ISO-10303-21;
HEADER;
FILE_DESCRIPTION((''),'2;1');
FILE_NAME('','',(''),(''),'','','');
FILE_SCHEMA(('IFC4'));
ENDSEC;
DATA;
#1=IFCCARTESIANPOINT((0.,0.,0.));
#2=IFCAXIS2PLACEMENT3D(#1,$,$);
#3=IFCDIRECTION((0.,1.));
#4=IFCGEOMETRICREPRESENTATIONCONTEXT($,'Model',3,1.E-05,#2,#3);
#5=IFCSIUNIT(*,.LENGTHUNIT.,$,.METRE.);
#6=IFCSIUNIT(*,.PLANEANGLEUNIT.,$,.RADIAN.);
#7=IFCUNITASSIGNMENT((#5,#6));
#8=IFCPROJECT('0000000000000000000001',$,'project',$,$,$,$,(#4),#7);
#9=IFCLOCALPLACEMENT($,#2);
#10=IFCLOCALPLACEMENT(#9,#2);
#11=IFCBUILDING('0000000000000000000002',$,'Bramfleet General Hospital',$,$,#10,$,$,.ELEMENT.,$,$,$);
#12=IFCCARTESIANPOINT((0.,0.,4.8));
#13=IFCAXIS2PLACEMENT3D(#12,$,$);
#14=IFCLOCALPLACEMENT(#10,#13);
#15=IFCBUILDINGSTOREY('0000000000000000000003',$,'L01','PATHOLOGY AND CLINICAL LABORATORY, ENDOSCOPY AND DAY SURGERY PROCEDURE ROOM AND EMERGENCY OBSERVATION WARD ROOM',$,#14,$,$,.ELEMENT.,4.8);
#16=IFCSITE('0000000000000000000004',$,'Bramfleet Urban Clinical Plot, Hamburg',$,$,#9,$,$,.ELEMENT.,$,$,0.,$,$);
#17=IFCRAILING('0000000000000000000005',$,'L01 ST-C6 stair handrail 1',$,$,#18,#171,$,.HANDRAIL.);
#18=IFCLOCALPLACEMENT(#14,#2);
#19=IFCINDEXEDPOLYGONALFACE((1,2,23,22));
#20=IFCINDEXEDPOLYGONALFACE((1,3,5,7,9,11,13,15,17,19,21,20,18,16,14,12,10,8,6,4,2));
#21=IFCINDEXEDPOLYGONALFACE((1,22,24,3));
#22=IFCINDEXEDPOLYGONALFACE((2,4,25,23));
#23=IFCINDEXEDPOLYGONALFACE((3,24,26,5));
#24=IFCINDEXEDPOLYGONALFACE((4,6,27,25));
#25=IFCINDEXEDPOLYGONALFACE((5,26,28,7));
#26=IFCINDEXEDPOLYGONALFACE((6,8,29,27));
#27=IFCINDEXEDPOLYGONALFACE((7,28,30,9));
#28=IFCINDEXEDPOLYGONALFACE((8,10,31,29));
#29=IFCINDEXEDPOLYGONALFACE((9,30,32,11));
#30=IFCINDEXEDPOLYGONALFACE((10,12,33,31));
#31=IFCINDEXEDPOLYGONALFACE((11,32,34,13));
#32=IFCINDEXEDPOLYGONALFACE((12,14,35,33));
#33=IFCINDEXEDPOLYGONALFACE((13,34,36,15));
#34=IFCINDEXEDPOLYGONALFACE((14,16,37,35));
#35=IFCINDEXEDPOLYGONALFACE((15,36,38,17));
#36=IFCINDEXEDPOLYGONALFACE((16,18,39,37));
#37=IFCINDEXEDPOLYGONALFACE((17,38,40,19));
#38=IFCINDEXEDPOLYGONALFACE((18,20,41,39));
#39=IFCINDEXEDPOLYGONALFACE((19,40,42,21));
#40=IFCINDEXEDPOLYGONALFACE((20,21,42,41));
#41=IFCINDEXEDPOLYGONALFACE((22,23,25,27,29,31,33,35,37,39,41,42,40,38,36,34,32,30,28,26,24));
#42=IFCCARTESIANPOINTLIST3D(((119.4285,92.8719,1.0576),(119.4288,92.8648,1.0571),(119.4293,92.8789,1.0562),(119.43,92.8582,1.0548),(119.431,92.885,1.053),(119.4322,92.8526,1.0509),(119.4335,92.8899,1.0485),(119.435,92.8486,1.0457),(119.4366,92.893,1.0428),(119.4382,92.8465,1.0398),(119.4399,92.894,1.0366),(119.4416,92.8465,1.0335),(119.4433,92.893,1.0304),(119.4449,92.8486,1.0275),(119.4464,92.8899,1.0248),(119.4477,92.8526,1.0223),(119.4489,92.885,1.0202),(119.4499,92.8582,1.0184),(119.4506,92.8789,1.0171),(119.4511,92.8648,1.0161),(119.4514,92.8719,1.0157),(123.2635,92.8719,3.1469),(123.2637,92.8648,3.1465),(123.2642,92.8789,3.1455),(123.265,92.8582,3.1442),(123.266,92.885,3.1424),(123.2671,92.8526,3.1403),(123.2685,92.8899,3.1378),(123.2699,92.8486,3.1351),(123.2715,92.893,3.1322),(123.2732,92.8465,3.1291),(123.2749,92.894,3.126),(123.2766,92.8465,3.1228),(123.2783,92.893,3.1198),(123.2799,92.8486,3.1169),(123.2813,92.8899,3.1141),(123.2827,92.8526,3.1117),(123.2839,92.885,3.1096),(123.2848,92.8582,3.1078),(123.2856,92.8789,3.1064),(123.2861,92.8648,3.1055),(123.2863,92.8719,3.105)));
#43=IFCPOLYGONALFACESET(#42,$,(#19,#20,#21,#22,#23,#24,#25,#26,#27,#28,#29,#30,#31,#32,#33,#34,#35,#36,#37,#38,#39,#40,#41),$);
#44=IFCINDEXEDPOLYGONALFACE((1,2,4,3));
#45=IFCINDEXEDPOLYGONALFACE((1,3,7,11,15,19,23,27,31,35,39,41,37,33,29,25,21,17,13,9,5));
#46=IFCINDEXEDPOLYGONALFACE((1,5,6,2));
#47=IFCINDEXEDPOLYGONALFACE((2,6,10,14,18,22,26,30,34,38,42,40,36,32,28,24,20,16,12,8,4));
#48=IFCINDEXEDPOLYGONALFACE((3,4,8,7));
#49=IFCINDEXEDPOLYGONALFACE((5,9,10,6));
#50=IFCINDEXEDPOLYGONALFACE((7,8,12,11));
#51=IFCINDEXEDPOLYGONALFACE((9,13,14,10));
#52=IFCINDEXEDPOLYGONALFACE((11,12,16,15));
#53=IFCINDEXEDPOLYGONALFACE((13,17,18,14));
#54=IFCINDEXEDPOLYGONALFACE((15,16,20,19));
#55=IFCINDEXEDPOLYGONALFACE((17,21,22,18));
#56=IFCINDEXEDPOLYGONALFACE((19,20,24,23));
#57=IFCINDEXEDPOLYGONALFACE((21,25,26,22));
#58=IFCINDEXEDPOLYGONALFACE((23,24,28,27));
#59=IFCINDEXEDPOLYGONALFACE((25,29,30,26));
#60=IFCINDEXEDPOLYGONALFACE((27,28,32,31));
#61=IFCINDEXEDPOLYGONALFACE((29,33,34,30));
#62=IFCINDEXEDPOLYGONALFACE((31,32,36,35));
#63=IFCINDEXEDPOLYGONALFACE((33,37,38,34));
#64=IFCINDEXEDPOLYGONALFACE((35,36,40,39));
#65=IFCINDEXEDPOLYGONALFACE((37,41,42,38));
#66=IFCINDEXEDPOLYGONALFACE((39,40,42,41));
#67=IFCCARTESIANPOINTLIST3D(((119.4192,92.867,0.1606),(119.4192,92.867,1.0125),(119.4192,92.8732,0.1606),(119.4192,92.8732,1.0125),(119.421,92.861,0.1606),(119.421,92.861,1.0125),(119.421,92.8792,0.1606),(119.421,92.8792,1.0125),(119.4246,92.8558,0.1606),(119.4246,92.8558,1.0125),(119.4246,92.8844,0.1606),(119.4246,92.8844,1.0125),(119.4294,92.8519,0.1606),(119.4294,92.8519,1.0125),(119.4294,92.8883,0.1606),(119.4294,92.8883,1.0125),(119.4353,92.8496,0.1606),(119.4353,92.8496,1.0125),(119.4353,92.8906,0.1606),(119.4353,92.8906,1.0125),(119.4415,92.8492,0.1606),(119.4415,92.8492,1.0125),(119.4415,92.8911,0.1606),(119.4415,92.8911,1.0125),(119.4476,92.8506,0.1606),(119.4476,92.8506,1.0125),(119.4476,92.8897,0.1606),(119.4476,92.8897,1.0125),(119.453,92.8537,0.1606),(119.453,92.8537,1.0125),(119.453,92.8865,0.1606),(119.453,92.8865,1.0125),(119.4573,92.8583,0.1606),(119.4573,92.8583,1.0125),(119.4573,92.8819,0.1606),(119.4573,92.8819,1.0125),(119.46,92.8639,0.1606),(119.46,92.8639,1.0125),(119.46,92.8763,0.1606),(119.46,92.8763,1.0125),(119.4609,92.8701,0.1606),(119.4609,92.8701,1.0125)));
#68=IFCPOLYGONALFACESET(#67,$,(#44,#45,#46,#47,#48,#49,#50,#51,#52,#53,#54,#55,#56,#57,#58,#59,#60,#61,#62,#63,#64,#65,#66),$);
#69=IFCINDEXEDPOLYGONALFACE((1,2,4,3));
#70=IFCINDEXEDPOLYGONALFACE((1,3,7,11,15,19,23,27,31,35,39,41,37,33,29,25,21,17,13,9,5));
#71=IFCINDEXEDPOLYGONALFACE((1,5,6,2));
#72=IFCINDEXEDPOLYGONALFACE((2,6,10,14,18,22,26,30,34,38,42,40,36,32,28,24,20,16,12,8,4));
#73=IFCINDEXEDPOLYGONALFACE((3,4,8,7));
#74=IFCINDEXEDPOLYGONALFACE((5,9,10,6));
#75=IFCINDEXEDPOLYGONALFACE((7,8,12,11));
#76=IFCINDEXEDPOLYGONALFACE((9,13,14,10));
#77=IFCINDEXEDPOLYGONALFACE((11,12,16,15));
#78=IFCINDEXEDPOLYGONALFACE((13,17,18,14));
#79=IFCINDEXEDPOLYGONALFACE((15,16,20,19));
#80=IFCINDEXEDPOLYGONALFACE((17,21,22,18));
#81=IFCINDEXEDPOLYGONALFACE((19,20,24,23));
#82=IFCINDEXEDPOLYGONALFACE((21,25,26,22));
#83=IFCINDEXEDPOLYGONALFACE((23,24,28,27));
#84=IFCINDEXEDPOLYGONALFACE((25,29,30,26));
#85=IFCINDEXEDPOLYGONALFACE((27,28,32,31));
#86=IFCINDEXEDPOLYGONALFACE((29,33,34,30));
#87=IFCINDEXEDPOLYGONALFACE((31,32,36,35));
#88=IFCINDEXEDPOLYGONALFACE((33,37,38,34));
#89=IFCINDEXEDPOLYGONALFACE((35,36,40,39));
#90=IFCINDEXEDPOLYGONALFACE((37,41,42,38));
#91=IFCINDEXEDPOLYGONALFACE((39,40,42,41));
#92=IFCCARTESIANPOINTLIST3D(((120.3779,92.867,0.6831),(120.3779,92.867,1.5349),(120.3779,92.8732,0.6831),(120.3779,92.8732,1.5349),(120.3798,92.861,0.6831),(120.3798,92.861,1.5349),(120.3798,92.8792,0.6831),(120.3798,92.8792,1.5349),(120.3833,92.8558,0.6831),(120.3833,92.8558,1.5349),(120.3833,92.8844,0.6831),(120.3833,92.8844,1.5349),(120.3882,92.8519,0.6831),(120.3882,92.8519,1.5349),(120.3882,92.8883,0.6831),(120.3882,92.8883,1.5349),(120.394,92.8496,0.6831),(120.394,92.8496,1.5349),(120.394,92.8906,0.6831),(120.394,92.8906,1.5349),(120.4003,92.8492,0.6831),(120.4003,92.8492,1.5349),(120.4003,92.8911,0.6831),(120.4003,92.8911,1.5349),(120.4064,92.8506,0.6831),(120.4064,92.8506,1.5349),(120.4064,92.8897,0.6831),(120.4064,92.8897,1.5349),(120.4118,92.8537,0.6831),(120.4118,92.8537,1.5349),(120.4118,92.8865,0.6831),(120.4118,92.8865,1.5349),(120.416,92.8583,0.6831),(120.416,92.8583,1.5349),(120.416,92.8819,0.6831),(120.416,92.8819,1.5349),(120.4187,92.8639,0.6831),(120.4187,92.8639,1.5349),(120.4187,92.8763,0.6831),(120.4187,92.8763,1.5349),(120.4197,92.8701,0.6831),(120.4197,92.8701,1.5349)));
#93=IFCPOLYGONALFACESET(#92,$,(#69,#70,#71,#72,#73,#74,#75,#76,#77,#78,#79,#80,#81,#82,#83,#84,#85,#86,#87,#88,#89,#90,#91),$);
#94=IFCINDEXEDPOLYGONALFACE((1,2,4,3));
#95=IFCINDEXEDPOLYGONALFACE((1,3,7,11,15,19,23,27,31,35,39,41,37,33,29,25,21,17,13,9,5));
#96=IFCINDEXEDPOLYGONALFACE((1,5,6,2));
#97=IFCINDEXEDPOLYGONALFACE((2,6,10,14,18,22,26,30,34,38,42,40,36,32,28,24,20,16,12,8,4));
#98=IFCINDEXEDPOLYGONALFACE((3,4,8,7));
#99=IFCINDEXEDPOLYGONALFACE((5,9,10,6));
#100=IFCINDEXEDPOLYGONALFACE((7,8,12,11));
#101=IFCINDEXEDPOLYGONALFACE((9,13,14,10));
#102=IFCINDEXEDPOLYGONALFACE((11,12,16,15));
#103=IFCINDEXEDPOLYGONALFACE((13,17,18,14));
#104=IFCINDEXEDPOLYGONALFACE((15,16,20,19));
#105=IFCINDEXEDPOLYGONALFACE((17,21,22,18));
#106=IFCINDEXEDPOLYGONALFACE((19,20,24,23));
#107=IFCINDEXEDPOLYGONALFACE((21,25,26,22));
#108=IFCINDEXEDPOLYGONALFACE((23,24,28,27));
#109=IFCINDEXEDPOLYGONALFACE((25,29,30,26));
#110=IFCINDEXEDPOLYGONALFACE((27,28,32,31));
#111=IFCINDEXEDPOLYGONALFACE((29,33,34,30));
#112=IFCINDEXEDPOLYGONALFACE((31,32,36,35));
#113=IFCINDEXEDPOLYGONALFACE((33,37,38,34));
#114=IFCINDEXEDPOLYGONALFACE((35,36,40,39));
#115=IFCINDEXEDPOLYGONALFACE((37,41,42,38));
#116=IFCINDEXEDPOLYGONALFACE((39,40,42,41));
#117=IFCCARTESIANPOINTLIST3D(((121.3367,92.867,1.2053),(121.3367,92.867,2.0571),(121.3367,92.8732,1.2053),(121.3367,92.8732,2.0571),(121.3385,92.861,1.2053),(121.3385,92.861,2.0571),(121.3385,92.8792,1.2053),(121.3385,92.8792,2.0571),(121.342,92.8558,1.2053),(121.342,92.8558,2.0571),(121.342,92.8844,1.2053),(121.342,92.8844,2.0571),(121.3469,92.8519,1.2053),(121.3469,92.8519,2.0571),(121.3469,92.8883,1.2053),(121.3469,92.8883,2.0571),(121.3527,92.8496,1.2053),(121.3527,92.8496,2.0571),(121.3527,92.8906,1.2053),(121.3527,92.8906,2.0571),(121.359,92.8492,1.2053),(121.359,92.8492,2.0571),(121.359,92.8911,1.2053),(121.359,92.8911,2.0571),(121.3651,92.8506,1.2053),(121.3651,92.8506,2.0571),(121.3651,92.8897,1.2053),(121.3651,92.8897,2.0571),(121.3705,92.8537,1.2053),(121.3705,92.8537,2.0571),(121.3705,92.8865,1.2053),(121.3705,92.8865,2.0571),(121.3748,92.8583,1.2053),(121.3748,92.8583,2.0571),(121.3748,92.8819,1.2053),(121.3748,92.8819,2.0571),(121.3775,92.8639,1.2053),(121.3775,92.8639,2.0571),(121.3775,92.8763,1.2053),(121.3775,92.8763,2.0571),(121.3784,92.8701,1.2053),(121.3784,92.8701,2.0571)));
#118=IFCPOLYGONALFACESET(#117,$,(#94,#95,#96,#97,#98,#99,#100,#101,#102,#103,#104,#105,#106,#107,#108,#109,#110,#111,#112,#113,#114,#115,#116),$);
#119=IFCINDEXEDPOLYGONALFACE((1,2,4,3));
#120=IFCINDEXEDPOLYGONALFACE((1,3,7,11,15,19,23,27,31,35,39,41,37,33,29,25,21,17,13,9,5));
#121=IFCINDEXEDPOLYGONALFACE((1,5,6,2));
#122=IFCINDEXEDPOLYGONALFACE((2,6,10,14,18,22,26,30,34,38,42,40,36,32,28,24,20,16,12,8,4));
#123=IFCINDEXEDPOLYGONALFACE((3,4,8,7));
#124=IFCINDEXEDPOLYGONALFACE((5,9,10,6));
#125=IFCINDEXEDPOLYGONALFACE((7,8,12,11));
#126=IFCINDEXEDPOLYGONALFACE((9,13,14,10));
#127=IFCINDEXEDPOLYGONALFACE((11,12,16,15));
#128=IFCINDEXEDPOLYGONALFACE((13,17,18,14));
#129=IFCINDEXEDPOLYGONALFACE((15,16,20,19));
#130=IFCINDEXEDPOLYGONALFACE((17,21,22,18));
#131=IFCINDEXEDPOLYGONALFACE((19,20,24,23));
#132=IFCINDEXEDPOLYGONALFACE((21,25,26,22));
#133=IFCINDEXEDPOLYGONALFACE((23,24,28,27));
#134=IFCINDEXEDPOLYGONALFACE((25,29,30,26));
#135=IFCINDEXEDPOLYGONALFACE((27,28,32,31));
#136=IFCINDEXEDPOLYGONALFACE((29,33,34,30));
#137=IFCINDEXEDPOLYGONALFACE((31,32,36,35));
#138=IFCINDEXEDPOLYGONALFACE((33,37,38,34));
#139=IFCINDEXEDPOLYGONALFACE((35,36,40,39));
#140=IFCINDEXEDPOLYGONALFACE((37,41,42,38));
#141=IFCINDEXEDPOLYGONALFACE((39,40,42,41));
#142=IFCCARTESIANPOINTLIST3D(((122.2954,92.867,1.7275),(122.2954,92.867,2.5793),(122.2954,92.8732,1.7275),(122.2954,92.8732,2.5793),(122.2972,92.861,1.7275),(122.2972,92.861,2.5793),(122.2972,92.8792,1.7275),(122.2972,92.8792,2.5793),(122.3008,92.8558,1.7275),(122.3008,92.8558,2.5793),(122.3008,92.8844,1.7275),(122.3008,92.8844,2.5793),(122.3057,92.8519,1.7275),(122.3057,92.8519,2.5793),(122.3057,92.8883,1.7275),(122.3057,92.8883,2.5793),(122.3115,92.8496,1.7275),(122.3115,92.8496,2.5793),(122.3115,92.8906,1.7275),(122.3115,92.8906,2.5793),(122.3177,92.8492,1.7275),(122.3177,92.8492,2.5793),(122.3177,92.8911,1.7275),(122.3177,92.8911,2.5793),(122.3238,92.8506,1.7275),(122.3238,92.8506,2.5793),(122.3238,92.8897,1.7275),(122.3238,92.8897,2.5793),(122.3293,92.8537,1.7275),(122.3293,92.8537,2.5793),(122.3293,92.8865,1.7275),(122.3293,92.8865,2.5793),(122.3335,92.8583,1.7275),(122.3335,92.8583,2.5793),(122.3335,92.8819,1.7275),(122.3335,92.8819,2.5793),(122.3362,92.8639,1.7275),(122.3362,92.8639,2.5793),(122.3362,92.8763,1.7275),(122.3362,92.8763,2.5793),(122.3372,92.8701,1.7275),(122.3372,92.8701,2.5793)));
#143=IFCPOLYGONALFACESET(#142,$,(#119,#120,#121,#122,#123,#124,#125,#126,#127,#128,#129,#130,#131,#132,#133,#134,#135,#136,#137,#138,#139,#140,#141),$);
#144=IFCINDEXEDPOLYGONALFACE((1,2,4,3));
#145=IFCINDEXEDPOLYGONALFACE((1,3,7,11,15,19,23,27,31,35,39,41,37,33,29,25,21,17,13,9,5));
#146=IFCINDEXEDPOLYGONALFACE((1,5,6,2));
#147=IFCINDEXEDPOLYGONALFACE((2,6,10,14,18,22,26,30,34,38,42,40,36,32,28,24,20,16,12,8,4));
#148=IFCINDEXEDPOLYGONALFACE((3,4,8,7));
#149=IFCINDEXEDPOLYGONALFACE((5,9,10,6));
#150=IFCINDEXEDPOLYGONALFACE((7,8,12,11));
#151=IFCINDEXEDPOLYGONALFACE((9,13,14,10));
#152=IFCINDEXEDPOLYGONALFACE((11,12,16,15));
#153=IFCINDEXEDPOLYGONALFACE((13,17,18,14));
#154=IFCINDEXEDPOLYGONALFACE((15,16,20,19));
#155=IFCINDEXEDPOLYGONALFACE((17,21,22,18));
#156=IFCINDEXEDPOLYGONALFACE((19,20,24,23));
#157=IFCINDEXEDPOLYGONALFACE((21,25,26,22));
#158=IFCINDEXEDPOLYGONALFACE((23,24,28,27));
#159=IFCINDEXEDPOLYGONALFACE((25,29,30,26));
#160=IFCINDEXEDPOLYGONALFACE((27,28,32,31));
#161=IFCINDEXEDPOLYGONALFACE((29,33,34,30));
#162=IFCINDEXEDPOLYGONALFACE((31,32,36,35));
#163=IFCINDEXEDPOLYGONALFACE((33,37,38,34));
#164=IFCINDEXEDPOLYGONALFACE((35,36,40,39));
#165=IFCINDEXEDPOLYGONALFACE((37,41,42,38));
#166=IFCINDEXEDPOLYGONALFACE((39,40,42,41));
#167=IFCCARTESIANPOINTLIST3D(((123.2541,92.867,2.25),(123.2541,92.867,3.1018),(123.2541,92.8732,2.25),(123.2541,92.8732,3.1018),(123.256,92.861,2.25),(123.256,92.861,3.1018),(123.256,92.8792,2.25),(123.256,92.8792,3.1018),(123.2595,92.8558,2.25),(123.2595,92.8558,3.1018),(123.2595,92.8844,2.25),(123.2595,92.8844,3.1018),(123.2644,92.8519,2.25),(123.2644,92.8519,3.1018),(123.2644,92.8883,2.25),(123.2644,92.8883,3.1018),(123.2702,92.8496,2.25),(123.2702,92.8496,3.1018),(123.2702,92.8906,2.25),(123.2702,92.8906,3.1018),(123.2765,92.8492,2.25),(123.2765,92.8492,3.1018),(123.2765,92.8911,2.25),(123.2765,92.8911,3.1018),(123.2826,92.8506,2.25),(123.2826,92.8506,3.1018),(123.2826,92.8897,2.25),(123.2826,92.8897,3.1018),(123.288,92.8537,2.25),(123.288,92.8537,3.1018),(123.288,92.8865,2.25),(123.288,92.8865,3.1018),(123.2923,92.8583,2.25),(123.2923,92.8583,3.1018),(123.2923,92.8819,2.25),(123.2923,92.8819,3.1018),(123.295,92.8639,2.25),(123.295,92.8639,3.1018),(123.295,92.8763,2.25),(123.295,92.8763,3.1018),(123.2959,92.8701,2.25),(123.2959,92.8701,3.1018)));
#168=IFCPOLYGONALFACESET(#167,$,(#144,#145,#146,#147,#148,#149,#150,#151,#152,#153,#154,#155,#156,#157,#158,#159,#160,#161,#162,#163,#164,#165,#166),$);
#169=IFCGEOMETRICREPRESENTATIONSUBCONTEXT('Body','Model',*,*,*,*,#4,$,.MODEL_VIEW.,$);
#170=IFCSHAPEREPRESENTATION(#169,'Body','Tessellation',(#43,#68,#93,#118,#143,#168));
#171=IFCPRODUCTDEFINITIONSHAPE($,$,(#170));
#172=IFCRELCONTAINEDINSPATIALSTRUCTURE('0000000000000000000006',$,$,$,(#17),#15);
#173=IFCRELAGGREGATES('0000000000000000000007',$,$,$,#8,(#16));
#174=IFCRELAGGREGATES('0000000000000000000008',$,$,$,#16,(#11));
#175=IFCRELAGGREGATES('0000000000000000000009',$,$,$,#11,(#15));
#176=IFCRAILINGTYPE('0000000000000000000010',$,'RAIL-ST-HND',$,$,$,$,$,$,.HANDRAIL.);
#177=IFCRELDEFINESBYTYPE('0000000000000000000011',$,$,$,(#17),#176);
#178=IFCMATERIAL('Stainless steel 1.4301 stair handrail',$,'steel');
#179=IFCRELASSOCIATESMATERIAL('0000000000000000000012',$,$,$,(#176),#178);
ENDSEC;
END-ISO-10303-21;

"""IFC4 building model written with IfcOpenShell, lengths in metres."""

from ifc_helpers import new_model, si_unit, direction, frame, origin, origin_2d, place, context, subcontext, project, spatial, circle, extrude, material, type_object, element, save


model = new_model("IFC4")

# Units and contexts
model_context = context("Model", 3, precision=1e-05, world=origin(), true_north=direction((0.0, 1.0)))
body_context = subcontext(model_context, "Body", "Model", "MODEL_VIEW")
ifc_project = project(units=[si_unit("LENGTHUNIT", "METRE"), si_unit("PLANEANGLEUNIT", "RADIAN")], contexts=[model_context])

# Site, building, storey
site_placement = place(None, origin())
site = spatial("IfcSite", under=ifc_project, at=site_placement, Name="Bramfleet Urban Clinical Plot, Hamburg", CompositionType="ELEMENT", RefElevation=0.0)
building_placement = place(site_placement, origin())
building = spatial("IfcBuilding", under=site, at=building_placement, Name="Bramfleet General Hospital", CompositionType="ELEMENT")
storey_placement = place(building_placement, frame((0.0, 0.0, 4.8)))
storey = spatial("IfcBuildingStorey", under=building, at=storey_placement, Name="L01", Description="PATHOLOGY AND CLINICAL LABORATORY, ENDOSCOPY AND DAY SURGERY PROCEDURE ROOM AND EMERGENCY OBSERVATION WARD ROOM", CompositionType="ELEMENT", Elevation=4.8)

# Railing
ifc_material_1 = material(Name="Stainless steel 1.4301 stair handrail", Category="steel")
railing_type_1 = type_object("IfcRailingType", Name="RAIL-ST-HND", PredefinedType="HANDRAIL", material=ifc_material_1)
railing_1_placement = place(storey_placement, frame((119.4399, 92.8701, 0.1606)))
element("IfcRailing", 1, at=railing_1_placement, inside=storey, type_object=railing_type_1, Name="L01 ST-C6 stair handrail 1", PredefinedType="HANDRAIL", context=body_context, shape_type="SweptSolid", body=[
    extrude(circle(Radius=0.0239, at=origin_2d()), frame((0.0, 0.0, 0.876), z_axis=(0.87813, 0.0, 0.478421), x_axis=(0.0, 1.0, 0.0)), (0.0, 0.0, 1.0), 4.3672),
    extrude(circle(Radius=0.021, at=origin_2d()), origin(), (0.0, 0.0, 1.0), 0.8518),
    extrude(circle(Radius=0.021, at=origin_2d()), frame((0.9587, 0.0, 0.5225)), (0.0, 0.0, 1.0), 0.8518),
    extrude(circle(Radius=0.021, at=origin_2d()), frame((1.9175, 0.0, 1.0447)), (0.0, 0.0, 1.0), 0.8518),
    extrude(circle(Radius=0.021, at=origin_2d()), frame((2.8762, 0.0, 1.5669)), (0.0, 0.0, 1.0), 0.8518),
    extrude(circle(Radius=0.021, at=origin_2d()), frame((3.835, 0.0, 2.0894)), (0.0, 0.0, 1.0), 0.8518),
])

save(model, "model.ifc")
